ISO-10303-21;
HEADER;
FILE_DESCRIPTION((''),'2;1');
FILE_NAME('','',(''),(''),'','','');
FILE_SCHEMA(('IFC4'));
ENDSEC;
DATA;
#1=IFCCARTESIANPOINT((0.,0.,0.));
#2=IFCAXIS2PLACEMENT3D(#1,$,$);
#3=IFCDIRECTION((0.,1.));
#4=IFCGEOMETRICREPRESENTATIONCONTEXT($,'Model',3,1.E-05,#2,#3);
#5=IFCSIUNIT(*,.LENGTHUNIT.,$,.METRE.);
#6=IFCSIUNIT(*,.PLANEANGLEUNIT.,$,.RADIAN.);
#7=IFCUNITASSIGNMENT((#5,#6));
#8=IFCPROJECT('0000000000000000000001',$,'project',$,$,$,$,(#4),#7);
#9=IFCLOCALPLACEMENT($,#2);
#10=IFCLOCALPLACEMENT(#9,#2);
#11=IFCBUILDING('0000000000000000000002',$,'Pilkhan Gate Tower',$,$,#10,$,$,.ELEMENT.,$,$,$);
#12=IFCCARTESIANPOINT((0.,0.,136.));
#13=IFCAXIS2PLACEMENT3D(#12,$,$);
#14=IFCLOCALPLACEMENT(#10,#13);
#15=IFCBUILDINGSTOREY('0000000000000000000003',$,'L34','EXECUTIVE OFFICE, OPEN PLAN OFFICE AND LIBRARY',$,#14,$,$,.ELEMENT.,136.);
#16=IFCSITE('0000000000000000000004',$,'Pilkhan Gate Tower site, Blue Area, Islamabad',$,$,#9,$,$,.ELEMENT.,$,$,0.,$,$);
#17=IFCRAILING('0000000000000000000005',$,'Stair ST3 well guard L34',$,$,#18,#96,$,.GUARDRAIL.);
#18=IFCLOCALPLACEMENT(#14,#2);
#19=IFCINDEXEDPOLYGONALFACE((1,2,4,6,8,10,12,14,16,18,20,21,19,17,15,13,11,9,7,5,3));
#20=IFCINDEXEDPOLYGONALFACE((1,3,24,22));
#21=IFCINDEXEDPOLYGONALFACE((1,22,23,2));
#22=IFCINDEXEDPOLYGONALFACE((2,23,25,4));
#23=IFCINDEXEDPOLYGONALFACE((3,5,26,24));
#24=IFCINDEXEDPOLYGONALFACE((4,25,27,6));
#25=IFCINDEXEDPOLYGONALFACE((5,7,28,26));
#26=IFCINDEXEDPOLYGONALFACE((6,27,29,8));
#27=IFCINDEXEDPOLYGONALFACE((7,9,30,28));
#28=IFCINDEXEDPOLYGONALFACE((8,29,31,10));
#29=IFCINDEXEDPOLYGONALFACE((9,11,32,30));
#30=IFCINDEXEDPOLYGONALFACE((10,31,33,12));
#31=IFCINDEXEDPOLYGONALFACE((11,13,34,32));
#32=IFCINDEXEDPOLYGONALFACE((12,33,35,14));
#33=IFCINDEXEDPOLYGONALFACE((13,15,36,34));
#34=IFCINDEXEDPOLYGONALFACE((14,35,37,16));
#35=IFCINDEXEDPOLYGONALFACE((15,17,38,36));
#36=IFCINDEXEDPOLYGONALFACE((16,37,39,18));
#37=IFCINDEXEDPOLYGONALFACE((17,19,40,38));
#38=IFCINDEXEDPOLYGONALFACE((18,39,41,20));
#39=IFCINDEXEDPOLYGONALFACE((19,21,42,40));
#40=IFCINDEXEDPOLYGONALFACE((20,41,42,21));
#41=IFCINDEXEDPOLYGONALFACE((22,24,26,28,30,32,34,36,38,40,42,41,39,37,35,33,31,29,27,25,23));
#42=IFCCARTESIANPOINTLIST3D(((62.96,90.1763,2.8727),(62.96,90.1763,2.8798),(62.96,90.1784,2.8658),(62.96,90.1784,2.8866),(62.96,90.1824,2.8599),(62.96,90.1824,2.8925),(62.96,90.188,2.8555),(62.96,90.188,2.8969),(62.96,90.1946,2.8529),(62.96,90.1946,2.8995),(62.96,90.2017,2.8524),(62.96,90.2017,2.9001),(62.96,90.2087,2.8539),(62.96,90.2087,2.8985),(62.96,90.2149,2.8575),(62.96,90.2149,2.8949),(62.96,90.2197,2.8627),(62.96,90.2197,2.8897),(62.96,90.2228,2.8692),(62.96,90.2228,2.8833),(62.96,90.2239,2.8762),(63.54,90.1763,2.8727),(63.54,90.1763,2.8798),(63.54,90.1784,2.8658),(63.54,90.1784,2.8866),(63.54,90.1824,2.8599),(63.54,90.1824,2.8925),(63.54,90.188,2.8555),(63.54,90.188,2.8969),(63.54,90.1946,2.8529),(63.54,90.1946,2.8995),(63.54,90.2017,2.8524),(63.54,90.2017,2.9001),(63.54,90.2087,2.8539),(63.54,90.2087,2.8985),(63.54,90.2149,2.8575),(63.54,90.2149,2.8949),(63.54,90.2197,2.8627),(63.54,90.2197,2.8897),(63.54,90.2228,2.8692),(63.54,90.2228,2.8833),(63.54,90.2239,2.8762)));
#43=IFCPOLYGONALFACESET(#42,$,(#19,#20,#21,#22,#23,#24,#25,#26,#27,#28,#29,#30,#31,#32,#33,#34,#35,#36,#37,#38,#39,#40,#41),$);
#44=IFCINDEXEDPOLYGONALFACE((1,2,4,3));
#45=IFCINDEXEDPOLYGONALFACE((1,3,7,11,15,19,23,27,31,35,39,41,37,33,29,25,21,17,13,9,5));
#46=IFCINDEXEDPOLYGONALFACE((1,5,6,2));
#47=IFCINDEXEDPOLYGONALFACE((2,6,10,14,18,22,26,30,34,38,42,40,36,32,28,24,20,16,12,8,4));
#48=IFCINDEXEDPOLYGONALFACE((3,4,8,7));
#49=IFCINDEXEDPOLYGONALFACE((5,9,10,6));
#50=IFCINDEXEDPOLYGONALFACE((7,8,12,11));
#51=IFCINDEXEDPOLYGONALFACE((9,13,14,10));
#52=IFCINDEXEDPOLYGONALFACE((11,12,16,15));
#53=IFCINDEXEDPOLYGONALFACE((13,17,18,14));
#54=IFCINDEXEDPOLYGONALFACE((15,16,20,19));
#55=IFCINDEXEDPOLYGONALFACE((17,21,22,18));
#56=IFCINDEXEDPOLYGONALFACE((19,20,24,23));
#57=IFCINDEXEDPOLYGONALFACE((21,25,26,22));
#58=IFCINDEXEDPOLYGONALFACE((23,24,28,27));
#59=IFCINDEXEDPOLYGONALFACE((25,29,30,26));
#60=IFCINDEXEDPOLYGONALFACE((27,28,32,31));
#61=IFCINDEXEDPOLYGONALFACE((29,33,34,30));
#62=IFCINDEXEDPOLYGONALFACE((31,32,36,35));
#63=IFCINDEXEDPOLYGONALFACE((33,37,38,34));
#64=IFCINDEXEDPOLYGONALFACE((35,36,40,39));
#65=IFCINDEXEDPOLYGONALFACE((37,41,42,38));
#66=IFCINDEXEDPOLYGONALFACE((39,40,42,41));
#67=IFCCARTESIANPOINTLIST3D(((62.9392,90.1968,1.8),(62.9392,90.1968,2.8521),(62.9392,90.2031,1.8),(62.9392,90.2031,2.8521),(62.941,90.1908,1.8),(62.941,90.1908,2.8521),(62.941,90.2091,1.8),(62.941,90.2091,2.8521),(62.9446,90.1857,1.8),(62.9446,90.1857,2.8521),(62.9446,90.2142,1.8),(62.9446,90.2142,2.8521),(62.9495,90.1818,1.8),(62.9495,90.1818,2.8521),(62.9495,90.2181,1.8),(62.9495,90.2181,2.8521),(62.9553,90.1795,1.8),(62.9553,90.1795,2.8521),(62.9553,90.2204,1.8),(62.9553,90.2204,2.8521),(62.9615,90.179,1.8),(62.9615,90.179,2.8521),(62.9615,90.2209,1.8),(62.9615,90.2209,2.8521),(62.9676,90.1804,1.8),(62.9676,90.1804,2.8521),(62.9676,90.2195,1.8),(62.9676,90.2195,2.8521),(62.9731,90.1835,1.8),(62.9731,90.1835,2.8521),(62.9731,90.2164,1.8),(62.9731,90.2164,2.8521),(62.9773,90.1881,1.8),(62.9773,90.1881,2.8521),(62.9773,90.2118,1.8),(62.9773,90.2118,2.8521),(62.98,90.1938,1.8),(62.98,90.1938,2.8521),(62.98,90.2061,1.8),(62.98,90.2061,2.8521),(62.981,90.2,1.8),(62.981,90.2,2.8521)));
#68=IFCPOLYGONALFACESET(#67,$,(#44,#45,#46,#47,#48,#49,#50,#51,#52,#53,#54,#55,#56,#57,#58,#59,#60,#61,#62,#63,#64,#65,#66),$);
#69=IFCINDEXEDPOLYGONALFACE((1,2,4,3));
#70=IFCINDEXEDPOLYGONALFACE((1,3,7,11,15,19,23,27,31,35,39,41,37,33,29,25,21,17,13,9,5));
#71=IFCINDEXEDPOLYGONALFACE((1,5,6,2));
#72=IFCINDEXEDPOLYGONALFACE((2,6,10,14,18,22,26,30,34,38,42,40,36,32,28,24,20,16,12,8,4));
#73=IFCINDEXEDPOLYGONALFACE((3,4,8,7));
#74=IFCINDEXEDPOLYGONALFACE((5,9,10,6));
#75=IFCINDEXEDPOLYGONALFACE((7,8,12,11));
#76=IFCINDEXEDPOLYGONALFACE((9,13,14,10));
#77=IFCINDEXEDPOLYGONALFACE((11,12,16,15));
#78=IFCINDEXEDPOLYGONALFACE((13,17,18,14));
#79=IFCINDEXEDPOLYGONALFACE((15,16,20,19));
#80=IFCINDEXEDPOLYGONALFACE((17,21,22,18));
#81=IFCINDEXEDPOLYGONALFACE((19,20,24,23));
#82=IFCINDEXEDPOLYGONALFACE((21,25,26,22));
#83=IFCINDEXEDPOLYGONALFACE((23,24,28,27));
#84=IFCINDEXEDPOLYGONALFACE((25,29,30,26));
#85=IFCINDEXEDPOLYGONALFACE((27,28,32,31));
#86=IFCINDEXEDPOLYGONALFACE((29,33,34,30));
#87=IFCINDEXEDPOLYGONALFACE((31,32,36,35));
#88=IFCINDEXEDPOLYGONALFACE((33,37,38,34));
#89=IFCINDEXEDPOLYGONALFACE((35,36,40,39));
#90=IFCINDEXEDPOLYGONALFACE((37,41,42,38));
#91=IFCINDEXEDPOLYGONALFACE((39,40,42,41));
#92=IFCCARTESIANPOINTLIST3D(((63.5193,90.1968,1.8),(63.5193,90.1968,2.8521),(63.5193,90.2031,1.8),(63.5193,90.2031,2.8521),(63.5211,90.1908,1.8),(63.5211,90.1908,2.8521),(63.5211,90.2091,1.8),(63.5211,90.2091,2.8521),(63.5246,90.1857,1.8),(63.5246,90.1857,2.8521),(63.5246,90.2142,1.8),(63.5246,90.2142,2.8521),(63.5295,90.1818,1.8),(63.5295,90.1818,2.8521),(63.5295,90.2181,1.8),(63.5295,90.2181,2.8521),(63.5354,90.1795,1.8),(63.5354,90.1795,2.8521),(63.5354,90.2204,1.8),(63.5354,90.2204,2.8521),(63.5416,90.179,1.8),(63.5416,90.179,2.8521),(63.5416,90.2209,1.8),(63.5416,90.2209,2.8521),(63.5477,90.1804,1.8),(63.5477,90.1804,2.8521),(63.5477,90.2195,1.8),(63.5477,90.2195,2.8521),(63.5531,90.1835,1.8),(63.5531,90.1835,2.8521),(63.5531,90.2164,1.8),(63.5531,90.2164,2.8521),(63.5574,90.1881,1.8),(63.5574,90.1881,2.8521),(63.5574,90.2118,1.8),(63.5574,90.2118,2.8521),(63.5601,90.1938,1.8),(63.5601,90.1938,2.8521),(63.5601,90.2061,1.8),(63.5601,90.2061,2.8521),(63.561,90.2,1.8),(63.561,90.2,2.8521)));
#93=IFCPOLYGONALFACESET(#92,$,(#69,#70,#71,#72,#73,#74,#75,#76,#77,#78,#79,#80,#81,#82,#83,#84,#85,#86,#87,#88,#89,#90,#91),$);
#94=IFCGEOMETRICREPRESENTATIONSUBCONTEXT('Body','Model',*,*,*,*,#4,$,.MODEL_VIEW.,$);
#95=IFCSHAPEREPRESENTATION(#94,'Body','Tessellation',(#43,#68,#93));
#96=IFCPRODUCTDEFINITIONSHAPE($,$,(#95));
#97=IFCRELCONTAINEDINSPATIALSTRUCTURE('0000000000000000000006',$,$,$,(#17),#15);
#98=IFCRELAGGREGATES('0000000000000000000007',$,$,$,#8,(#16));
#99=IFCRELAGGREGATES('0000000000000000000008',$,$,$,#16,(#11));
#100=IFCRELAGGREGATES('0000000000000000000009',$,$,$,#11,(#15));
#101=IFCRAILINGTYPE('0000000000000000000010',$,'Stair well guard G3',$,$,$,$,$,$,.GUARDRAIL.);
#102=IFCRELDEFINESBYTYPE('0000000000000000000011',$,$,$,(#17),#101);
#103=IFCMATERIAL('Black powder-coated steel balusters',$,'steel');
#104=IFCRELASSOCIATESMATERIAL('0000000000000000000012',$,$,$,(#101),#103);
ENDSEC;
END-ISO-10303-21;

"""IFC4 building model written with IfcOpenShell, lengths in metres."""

from ifc_helpers import new_model, si_unit, direction, frame, origin, origin_2d, place, context, subcontext, project, spatial, circle, extrude, material, type_object, element, save


model = new_model("IFC4")

# Units and contexts
model_context = context("Model", 3, precision=1e-05, world=origin(), true_north=direction((0.0, 1.0)))
body_context = subcontext(model_context, "Body", "Model", "MODEL_VIEW")
ifc_project = project(units=[si_unit("LENGTHUNIT", "METRE"), si_unit("PLANEANGLEUNIT", "RADIAN")], contexts=[model_context])

# Site, building, storey
site_placement = place(None, origin())
site = spatial("IfcSite", under=ifc_project, at=site_placement, Name="Pilkhan Gate Tower site, Blue Area, Islamabad", CompositionType="ELEMENT", RefElevation=0.0)
building_placement = place(site_placement, origin())
building = spatial("IfcBuilding", under=site, at=building_placement, Name="Pilkhan Gate Tower", CompositionType="ELEMENT")
storey_placement = place(building_placement, frame((0.0, 0.0, 136.0)))
storey = spatial("IfcBuildingStorey", under=building, at=storey_placement, Name="L34", Description="EXECUTIVE OFFICE, OPEN PLAN OFFICE AND LIBRARY", CompositionType="ELEMENT", Elevation=136.0)

# Railing
ifc_material_1 = material(Name="Black powder-coated steel balusters", Category="steel")
railing_type_1 = type_object("IfcRailingType", Name="Stair well guard G3", PredefinedType="GUARDRAIL", material=ifc_material_1)
for number, where, name in (
    (1, (62.96, 90.2, 1.8), "Stair ST3 well guard L34"),
):
    element("IfcRailing", number, at=place(storey_placement, frame(where)), inside=storey, type_object=railing_type_1, Name=name, PredefinedType="GUARDRAIL", context=body_context, shape_type="SweptSolid", body=[
        extrude(circle(Radius=0.0239, at=origin_2d()), frame((0.0, 0.0, 1.0762), z_axis=(1.0, 0.0, 0.0), x_axis=(0.0, 1.0, 0.0)), (0.0, 0.0, 1.0), 0.5801),
        extrude(circle(Radius=0.021, at=origin_2d()), origin(), (0.0, 0.0, 1.0), 1.052),
        extrude(circle(Radius=0.021, at=origin_2d()), frame((0.5801, 0.0, 0.0)), (0.0, 0.0, 1.0), 1.052),
    ])

save(model, "model.ifc")
